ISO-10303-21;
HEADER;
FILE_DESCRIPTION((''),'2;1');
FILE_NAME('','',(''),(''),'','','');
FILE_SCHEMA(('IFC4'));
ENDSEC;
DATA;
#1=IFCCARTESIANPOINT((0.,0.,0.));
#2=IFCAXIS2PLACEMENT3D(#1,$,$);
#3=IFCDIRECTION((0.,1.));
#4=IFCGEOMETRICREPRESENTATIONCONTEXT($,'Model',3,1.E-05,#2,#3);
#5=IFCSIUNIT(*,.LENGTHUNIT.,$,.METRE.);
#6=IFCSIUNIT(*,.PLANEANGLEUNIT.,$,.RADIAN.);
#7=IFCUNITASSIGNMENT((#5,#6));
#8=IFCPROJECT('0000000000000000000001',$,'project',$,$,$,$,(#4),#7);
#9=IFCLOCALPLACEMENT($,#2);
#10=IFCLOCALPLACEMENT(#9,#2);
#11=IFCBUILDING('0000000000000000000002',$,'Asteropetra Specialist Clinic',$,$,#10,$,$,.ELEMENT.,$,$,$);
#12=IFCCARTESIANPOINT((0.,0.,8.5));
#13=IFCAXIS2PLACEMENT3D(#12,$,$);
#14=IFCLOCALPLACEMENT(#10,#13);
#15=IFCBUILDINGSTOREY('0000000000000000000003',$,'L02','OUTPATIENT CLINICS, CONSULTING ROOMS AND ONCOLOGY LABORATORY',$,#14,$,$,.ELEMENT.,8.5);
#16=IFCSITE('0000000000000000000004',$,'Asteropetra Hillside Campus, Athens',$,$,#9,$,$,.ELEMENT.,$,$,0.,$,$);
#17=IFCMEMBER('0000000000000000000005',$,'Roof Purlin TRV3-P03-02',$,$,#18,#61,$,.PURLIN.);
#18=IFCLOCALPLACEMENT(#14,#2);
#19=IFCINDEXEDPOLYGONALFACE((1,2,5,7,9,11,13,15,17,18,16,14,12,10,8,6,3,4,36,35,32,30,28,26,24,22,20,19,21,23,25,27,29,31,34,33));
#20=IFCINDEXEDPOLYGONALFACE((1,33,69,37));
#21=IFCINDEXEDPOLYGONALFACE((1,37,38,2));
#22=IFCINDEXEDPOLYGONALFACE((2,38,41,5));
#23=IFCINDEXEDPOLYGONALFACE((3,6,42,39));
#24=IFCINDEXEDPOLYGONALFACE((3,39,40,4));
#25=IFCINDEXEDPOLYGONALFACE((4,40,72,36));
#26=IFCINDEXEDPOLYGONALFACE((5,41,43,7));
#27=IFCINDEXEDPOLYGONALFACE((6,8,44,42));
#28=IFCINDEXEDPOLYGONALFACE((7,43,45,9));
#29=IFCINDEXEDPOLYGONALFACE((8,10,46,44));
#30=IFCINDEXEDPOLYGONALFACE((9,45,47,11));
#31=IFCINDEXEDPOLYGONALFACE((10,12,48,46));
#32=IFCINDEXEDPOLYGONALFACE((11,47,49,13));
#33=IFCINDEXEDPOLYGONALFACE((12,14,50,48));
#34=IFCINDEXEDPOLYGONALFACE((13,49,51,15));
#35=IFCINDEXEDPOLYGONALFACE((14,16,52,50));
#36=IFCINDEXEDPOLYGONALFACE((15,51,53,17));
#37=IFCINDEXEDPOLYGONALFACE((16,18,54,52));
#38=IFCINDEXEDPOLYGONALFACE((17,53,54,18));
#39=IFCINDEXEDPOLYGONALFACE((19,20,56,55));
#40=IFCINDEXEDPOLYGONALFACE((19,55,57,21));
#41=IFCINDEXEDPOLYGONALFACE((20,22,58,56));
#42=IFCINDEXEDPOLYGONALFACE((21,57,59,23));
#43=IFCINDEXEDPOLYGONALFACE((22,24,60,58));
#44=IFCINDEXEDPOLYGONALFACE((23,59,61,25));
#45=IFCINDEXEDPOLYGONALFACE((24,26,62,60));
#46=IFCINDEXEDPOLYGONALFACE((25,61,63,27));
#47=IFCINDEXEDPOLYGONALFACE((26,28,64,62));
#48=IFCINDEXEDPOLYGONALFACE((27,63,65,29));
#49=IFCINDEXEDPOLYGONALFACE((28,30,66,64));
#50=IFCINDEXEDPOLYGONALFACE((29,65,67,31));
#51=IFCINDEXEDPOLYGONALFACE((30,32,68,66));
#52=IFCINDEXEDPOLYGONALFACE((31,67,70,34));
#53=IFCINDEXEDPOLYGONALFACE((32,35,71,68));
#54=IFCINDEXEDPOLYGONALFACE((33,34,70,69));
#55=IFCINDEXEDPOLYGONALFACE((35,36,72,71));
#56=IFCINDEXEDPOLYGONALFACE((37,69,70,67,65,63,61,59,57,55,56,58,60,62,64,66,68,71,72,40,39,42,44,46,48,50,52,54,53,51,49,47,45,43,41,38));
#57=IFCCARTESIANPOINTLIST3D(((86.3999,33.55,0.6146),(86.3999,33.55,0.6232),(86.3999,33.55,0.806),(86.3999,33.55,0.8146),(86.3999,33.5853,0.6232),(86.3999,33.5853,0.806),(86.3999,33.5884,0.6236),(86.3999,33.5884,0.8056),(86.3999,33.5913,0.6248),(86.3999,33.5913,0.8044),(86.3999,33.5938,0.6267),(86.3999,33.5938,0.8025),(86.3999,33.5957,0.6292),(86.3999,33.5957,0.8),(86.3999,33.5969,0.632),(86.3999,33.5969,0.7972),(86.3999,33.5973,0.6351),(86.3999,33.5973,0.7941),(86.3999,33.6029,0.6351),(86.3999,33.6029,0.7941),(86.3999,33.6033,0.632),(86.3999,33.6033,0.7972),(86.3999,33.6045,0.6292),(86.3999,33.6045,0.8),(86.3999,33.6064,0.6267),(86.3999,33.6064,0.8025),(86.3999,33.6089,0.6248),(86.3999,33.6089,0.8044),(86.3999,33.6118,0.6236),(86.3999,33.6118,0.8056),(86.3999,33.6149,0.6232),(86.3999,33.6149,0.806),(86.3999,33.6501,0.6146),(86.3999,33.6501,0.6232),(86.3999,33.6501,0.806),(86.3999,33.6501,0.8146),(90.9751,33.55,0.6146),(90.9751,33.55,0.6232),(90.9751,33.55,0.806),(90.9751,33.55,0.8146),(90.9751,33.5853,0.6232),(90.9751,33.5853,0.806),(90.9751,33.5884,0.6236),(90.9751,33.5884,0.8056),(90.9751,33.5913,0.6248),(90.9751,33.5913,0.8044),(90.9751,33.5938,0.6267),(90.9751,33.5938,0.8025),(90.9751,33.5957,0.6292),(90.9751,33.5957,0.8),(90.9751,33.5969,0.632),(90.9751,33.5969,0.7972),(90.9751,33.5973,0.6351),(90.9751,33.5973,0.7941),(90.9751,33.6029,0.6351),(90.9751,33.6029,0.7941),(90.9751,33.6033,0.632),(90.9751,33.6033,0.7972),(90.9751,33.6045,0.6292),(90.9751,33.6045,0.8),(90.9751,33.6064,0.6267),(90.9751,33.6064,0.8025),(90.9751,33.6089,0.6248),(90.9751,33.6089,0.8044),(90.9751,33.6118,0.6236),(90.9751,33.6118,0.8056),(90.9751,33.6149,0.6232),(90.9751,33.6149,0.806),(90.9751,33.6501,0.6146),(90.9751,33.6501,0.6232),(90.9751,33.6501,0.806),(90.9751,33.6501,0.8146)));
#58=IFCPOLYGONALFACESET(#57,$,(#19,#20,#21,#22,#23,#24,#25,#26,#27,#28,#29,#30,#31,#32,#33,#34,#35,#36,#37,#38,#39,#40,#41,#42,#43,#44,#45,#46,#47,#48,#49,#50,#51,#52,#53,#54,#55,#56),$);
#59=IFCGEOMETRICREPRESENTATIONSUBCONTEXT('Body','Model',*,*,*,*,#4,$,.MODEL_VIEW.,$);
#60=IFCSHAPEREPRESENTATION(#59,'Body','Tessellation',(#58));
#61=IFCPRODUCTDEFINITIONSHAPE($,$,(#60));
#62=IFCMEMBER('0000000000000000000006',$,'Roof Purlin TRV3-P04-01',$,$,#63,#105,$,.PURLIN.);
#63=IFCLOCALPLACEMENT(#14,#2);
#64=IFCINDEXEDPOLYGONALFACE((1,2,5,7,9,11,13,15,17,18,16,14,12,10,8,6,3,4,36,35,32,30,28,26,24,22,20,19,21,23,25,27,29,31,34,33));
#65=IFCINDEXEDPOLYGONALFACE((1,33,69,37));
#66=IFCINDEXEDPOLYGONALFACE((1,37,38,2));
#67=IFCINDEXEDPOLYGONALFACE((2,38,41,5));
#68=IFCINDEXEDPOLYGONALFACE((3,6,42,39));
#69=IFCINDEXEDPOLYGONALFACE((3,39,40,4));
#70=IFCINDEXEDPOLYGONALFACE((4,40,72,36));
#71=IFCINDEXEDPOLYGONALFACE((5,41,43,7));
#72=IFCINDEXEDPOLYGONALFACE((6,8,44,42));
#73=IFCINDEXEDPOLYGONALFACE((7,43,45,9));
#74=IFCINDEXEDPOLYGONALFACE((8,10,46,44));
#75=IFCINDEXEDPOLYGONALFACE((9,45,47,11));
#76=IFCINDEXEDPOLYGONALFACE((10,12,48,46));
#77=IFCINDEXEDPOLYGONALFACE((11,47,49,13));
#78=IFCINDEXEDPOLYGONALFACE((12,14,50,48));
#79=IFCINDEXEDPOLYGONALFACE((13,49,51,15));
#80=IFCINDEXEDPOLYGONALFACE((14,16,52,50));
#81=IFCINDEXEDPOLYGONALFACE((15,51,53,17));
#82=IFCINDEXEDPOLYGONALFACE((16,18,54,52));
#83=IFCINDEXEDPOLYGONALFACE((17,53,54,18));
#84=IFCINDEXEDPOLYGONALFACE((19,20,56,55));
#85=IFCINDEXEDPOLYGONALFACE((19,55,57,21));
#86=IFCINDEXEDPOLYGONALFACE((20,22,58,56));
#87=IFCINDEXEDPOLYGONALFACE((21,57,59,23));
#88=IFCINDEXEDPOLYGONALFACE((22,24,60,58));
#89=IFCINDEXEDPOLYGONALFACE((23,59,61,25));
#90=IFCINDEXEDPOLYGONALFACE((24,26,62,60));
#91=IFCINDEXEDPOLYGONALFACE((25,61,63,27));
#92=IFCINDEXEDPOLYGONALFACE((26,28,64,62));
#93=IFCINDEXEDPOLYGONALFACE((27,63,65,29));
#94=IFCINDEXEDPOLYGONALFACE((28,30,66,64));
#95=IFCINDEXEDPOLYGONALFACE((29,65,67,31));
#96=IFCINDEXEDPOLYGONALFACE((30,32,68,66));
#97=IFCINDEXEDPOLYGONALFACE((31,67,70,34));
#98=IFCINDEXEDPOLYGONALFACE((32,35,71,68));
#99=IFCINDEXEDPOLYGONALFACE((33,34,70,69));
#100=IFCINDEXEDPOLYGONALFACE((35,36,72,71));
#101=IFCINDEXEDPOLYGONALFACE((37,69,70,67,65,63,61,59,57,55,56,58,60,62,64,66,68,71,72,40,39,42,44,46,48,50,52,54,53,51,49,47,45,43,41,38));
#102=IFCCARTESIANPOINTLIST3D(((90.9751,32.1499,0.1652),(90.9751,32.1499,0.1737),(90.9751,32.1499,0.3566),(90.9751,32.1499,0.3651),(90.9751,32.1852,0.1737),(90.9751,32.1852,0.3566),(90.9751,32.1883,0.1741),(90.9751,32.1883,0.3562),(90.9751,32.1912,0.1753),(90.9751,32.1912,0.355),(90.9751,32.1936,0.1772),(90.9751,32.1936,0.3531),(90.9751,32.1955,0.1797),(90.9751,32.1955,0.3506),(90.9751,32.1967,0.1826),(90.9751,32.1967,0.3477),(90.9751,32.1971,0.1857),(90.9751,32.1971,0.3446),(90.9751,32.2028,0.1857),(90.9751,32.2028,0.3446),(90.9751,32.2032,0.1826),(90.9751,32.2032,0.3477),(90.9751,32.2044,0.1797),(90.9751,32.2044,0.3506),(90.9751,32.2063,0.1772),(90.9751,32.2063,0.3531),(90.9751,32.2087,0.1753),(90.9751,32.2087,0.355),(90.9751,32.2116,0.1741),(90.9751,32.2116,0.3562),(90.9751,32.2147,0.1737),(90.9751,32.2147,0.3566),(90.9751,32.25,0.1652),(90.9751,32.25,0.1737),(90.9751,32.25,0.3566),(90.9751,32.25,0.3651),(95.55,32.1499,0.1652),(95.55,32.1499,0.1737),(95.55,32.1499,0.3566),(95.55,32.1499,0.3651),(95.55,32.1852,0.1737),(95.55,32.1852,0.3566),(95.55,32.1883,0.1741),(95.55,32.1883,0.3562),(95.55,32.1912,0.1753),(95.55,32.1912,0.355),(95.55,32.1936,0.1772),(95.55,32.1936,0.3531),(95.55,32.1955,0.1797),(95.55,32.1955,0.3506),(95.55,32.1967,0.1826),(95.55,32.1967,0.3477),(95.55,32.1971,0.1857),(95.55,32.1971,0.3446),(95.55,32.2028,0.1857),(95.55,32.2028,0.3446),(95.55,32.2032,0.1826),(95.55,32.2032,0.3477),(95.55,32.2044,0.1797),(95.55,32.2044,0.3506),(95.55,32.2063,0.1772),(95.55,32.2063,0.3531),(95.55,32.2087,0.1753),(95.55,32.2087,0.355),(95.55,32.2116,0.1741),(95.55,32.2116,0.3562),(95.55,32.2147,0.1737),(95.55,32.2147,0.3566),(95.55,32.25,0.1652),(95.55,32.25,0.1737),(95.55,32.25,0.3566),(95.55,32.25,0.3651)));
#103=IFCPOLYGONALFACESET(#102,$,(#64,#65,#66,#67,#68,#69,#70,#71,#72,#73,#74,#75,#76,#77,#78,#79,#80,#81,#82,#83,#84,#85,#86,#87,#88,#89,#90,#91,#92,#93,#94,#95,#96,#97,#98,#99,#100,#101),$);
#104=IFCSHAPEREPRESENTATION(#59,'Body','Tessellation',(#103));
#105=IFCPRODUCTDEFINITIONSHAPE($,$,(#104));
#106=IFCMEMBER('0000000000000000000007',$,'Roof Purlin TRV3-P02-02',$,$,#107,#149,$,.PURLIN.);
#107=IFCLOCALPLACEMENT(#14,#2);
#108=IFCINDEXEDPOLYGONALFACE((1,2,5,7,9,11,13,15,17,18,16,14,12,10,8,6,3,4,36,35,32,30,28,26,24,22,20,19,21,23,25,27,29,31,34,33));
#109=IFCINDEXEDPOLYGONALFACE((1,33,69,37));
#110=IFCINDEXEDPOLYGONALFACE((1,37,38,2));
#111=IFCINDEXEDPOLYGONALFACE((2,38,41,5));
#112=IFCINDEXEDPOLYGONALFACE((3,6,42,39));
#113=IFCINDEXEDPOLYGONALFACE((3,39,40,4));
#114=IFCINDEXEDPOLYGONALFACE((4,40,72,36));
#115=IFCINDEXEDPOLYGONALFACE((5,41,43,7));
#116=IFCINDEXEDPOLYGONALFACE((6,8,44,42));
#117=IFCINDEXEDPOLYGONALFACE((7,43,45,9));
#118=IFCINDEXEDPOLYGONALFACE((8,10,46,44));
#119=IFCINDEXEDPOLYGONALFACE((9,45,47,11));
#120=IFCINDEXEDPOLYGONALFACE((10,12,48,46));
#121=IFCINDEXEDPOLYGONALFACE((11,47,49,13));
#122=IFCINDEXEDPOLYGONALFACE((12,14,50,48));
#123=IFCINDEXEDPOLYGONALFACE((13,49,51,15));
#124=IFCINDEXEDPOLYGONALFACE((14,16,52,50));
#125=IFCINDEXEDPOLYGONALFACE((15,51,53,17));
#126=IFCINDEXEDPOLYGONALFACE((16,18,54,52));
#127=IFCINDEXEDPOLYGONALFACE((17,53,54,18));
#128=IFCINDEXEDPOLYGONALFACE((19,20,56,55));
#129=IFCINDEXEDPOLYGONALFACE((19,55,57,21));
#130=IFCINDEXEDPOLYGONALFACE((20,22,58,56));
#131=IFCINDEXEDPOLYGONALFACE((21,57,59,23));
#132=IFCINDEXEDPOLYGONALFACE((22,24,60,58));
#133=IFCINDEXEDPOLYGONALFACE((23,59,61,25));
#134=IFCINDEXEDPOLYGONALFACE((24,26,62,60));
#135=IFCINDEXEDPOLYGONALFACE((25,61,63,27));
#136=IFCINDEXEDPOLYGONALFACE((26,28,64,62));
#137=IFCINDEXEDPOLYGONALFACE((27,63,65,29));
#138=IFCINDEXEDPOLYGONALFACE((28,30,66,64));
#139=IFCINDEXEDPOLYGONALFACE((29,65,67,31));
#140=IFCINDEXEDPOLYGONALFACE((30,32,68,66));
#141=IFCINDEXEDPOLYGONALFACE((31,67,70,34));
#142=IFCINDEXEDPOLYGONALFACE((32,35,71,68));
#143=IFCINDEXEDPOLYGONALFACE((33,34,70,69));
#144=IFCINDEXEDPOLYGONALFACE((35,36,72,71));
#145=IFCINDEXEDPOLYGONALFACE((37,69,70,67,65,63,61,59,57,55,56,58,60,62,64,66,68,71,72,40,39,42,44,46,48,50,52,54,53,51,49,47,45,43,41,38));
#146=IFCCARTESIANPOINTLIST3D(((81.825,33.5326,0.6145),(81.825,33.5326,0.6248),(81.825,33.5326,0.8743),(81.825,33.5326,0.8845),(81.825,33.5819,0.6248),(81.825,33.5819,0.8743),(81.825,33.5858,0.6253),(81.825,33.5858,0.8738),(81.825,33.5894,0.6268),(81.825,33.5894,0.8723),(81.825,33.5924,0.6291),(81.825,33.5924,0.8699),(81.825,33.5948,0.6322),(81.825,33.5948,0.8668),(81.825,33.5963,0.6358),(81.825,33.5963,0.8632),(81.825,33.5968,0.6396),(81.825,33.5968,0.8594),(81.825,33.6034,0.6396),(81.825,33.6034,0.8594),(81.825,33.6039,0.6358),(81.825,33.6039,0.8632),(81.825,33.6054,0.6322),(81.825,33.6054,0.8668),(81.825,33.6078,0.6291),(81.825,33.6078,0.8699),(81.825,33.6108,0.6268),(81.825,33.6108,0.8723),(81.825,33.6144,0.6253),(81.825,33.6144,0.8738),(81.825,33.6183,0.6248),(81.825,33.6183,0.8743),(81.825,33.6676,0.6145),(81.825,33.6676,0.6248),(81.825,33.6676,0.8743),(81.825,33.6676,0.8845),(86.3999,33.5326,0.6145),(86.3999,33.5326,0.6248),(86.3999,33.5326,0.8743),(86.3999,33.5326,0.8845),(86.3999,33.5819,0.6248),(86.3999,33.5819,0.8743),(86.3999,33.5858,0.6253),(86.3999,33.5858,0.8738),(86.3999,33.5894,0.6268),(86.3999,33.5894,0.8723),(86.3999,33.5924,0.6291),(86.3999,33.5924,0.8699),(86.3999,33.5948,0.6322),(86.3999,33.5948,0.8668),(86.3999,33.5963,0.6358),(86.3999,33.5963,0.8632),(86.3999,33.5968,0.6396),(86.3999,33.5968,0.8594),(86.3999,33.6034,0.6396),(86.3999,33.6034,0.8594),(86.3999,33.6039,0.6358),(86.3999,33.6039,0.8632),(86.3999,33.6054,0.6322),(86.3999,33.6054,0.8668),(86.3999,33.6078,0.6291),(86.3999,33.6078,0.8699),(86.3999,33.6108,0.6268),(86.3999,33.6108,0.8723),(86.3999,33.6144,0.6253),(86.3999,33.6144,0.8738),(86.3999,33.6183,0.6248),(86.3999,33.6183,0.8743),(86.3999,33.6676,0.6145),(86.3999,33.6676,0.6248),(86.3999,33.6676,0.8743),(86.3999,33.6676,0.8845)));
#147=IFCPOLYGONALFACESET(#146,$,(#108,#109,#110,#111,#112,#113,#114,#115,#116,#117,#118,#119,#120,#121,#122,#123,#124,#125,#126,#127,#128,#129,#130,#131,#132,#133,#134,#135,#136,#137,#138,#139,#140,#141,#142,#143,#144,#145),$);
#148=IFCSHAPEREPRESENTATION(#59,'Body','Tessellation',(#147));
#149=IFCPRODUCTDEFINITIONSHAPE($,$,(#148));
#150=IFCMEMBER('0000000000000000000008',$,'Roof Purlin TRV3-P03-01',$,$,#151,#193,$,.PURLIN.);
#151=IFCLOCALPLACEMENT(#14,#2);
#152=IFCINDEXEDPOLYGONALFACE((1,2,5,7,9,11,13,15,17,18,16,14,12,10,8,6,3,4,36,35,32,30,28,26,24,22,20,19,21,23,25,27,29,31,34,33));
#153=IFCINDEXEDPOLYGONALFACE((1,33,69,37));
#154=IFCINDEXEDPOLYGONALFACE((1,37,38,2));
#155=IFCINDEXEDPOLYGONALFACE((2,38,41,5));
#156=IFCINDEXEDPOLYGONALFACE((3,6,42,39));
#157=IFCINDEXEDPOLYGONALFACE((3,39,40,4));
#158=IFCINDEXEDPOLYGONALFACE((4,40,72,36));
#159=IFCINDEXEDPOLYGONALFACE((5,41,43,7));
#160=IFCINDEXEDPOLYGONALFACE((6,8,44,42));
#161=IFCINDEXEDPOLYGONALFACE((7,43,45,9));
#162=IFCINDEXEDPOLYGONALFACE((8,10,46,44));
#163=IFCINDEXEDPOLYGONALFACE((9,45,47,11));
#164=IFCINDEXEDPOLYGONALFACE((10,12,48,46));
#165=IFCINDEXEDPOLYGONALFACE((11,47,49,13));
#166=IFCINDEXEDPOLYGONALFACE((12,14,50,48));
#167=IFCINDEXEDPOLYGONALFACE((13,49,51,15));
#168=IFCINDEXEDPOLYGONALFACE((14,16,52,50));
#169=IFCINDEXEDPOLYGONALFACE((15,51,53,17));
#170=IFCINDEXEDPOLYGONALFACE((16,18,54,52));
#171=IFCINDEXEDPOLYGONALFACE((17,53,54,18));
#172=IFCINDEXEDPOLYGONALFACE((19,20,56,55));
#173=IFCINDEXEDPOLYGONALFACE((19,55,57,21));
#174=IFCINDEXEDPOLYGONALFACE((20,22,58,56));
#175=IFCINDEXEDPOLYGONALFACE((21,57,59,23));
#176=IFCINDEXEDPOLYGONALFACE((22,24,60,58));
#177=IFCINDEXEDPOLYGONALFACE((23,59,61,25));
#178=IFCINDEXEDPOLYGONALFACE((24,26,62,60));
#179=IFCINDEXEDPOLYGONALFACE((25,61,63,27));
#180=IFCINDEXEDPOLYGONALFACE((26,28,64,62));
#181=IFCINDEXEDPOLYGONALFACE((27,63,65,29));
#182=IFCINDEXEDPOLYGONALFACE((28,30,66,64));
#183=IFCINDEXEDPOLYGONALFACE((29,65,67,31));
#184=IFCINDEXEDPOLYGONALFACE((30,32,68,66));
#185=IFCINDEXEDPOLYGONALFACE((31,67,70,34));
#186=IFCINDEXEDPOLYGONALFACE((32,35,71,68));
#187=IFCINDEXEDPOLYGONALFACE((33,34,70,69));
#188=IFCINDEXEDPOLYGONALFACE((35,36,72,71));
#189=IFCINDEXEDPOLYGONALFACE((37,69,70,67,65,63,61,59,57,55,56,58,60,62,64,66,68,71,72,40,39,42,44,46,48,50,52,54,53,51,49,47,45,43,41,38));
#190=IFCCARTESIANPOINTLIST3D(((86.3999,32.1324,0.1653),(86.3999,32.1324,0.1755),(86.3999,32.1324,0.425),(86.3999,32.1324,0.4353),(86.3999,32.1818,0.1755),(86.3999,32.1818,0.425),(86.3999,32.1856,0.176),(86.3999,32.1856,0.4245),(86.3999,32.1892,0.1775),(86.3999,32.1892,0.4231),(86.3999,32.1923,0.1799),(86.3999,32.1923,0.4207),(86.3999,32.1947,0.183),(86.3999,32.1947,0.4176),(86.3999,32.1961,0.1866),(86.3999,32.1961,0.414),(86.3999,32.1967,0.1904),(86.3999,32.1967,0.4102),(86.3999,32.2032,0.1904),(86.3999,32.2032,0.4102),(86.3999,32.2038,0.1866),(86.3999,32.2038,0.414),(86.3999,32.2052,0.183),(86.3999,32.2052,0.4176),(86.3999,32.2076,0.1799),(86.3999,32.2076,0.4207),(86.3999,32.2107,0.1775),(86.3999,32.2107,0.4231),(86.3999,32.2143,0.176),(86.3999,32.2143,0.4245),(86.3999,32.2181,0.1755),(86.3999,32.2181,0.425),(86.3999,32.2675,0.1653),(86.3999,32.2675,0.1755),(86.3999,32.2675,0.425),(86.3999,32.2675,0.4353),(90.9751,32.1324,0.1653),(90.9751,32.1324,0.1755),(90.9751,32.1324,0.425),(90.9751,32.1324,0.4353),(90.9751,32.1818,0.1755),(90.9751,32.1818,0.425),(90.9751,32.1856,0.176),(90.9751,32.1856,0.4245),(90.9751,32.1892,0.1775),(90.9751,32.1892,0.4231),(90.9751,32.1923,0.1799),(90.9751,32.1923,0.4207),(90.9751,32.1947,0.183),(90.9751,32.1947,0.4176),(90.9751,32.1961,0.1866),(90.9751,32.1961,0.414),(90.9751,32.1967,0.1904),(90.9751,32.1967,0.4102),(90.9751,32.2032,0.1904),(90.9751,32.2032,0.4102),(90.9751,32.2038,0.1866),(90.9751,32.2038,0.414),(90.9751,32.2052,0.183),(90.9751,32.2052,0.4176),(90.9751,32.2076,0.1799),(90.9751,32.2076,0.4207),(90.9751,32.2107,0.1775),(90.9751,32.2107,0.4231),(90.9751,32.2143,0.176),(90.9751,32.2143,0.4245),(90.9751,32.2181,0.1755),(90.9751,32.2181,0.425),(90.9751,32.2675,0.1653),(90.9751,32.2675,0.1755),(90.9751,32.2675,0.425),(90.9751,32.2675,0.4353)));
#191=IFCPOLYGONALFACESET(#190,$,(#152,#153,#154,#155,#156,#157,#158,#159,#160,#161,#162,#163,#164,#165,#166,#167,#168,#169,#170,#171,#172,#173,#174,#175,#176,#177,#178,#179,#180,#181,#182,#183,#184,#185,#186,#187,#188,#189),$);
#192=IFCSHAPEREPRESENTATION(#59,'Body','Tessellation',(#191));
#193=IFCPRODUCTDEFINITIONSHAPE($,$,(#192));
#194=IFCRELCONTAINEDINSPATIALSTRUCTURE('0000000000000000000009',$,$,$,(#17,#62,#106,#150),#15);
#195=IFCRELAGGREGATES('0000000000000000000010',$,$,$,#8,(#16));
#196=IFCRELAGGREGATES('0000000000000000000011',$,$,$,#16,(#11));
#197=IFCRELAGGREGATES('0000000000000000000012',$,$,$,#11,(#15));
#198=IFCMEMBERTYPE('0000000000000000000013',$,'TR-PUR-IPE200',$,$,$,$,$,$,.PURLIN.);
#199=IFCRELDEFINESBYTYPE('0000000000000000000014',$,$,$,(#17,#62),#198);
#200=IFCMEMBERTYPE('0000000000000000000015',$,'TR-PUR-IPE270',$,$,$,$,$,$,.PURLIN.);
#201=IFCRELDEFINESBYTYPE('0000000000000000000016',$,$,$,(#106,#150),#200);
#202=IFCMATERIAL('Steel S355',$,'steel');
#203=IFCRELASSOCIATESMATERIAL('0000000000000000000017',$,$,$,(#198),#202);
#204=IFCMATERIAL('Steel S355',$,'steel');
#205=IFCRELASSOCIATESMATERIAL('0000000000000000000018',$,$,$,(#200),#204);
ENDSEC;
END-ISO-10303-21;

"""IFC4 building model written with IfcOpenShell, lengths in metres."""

from ifc_helpers import new_model, si_unit, direction, frame, origin, origin_2d, place, context, subcontext, project, spatial, i_section, extrude, material, material_profile, profile_set, type_object, element, save


model = new_model("IFC4")

# Units and contexts
model_context = context("Model", 3, precision=1e-05, world=origin(), true_north=direction((0.0, 1.0)))
body_context = subcontext(model_context, "Body", "Model", "MODEL_VIEW")
ifc_project = project(units=[si_unit("LENGTHUNIT", "METRE"), si_unit("PLANEANGLEUNIT", "RADIAN")], contexts=[model_context])

# Site, building, storey
site_placement = place(None, origin())
site = spatial("IfcSite", under=ifc_project, at=site_placement, Name="Asteropetra Hillside Campus, Athens", CompositionType="ELEMENT", RefElevation=0.0)
building_placement = place(site_placement, origin())
building = spatial("IfcBuilding", under=site, at=building_placement, Name="Asteropetra Specialist Clinic", CompositionType="ELEMENT")
storey_placement = place(building_placement, frame((0.0, 0.0, 8.5)))
storey = spatial("IfcBuildingStorey", under=building, at=storey_placement, Name="L02", Description="OUTPATIENT CLINICS, CONSULTING ROOMS AND ONCOLOGY LABORATORY", CompositionType="ELEMENT", Elevation=8.5)

# Members
ifc_material_1 = material(Name="Steel S355", Category="steel")
ifc_material_profile_1 = material_profile(ifc_material_1, i_section(OverallWidth=0.1001, OverallDepth=0.2, WebThickness=0.0056, FlangeThickness=0.0085, FilletRadius=0.012, at=origin_2d()), Name="IPE 200")
ifc_profile_set_1 = profile_set([ifc_material_profile_1], Name="Steel S355")
member_type_1 = type_object("IfcMemberType", Name="TR-PUR-IPE200", PredefinedType="PURLIN", material=ifc_profile_set_1)
member_1_placement = place(storey_placement, frame((86.3999, 33.6001, 0.7146), z_axis=(1.0, 0.0, 0.0), x_axis=(0.0, 1.0, 0.0)))
element("IfcMember", 1, at=member_1_placement, inside=storey, type_object=member_type_1, Name="Roof Purlin TRV3-P03-02", PredefinedType="PURLIN", context=body_context, shape_type="SweptSolid", body=[
    extrude(i_section(OverallWidth=0.1001, OverallDepth=0.2, WebThickness=0.0056, FlangeThickness=0.0085, FilletRadius=0.012, at=origin_2d()), origin(), (0.0, 0.0, 1.0), 4.5752),
])
member_2_placement = place(storey_placement, frame((90.9751, 32.2, 0.2651), z_axis=(1.0, 0.0, 0.0), x_axis=(0.0, 1.0, 0.0)))
element("IfcMember", 2, at=member_2_placement, inside=storey, type_object=member_type_1, Name="Roof Purlin TRV3-P04-01", PredefinedType="PURLIN", context=body_context, shape_type="SweptSolid", body=[
    extrude(i_section(OverallWidth=0.1001, OverallDepth=0.2, WebThickness=0.0056, FlangeThickness=0.0085, FilletRadius=0.012, at=origin_2d()), origin(), (0.0, 0.0, 1.0), 4.575),
])
ifc_material_2 = material(Name="Steel S355", Category="steel")
ifc_material_profile_2 = material_profile(ifc_material_2, i_section(OverallWidth=0.135, OverallDepth=0.27, WebThickness=0.0066, FlangeThickness=0.0103, FilletRadius=0.0149, at=origin_2d()), Name="IPE 270")
ifc_profile_set_2 = profile_set([ifc_material_profile_2], Name="Steel S355")
member_type_2 = type_object("IfcMemberType", Name="TR-PUR-IPE270", PredefinedType="PURLIN", material=ifc_profile_set_2)
member_3_placement = place(storey_placement, frame((81.825, 33.6001, 0.7495), z_axis=(1.0, 0.0, 0.0), x_axis=(0.0, 1.0, 0.0)))
element("IfcMember", 3, at=member_3_placement, inside=storey, type_object=member_type_2, Name="Roof Purlin TRV3-P02-02", PredefinedType="PURLIN", context=body_context, shape_type="SweptSolid", body=[
    extrude(i_section(OverallWidth=0.135, OverallDepth=0.27, WebThickness=0.0066, FlangeThickness=0.0103, FilletRadius=0.0149, at=origin_2d()), origin(), (0.0, 0.0, 1.0), 4.575),
])
member_4_placement = place(storey_placement, frame((86.3999, 32.2, 0.3003), z_axis=(1.0, 0.0, 0.0), x_axis=(0.0, 1.0, 0.0)))
element("IfcMember", 4, at=member_4_placement, inside=storey, type_object=member_type_2, Name="Roof Purlin TRV3-P03-01", PredefinedType="PURLIN", context=body_context, shape_type="SweptSolid", body=[
    extrude(i_section(OverallWidth=0.135, OverallDepth=0.27, WebThickness=0.0066, FlangeThickness=0.0103, FilletRadius=0.0149, at=origin_2d()), origin(), (0.0, 0.0, 1.0), 4.5752),
])

save(model, "model.ifc")
